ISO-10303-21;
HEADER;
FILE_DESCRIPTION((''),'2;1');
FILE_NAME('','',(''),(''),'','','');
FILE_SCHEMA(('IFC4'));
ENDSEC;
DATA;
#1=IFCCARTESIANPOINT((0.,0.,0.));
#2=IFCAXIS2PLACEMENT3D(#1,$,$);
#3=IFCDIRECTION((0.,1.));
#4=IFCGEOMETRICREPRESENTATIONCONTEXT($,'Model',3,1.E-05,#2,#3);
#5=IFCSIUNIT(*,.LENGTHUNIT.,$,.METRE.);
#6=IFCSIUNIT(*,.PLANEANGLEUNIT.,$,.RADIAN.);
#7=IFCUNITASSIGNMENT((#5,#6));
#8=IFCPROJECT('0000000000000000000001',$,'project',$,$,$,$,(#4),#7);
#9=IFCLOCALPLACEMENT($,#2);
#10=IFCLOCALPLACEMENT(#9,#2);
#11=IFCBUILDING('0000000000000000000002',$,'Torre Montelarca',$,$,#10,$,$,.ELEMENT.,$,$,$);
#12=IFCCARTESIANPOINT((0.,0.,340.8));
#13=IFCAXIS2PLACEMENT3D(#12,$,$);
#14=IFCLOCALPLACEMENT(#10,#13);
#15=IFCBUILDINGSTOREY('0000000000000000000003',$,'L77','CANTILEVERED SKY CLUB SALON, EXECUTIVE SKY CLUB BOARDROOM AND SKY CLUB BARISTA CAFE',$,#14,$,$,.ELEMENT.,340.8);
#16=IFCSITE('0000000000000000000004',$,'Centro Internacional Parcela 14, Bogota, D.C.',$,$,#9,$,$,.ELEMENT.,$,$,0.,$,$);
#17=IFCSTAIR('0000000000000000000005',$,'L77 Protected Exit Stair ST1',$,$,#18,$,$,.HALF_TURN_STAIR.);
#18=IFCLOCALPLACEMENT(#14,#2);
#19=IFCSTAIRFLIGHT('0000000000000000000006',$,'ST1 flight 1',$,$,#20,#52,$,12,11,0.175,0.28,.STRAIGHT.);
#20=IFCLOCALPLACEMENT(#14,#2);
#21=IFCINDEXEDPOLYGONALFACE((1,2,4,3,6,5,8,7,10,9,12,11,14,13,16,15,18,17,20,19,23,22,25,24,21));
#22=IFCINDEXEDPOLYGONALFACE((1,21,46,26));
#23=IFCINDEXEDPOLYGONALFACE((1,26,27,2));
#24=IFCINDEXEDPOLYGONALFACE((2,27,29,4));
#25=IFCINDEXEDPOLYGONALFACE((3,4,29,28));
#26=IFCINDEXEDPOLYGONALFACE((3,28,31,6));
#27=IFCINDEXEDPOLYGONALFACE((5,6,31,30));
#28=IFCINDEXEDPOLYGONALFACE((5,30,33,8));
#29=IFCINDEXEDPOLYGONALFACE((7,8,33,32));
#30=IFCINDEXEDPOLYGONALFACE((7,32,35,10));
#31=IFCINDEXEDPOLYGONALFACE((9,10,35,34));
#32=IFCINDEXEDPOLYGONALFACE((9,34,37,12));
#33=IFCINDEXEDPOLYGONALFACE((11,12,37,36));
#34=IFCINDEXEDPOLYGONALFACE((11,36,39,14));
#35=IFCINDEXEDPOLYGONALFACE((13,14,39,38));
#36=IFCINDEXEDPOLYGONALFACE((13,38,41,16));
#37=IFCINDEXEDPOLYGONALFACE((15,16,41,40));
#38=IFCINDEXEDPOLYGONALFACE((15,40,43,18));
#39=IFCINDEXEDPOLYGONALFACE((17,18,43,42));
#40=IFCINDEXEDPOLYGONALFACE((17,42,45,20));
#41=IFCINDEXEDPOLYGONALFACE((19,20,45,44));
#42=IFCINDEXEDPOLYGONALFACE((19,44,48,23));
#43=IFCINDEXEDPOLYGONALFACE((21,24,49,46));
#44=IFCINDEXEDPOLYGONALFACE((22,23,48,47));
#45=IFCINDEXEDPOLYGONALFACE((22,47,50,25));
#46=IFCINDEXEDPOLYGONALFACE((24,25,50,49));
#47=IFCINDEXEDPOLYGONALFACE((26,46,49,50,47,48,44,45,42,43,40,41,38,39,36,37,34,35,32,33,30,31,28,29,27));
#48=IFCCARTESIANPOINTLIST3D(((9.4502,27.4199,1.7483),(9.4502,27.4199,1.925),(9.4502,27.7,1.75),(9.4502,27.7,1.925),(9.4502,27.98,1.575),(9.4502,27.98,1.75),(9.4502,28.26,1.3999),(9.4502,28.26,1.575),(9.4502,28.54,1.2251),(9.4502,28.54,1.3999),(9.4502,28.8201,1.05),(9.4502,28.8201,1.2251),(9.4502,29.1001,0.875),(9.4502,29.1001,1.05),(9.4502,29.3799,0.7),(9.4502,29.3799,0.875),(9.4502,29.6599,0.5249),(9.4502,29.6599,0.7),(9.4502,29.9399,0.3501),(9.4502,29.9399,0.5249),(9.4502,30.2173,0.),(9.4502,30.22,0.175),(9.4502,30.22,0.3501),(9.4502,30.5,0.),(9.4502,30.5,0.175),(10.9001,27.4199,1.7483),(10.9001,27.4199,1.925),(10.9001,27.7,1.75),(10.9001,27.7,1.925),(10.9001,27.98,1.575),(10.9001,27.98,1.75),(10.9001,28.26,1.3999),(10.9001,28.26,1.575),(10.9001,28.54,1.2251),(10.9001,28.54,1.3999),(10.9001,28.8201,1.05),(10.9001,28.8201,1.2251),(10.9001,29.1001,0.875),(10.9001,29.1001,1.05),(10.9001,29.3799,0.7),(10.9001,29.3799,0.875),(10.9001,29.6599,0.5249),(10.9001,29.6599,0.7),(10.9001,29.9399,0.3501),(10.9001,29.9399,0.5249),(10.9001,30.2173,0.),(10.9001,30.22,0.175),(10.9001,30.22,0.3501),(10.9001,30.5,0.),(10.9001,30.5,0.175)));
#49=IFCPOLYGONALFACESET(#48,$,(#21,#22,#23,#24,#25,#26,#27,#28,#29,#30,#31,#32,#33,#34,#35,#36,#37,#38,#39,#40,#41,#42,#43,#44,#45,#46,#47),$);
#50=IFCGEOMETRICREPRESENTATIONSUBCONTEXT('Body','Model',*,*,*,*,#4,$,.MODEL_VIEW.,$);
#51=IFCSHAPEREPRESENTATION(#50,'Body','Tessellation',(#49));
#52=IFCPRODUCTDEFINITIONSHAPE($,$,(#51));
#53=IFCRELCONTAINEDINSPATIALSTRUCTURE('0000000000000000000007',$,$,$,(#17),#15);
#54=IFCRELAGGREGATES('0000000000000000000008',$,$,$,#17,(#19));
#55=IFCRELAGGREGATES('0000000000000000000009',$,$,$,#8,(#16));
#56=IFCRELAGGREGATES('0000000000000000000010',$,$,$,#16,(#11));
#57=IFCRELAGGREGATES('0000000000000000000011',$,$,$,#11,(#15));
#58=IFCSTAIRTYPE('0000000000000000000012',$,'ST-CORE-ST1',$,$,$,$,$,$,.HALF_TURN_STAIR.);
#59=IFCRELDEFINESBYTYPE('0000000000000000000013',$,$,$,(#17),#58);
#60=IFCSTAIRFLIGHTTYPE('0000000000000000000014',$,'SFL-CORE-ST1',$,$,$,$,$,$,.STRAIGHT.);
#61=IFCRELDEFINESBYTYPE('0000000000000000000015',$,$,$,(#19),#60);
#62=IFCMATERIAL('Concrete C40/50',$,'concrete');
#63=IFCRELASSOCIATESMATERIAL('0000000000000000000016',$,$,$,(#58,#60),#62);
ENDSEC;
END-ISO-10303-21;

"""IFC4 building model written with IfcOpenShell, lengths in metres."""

from ifc_helpers import new_model, si_unit, direction, frame, origin, place, context, subcontext, project, spatial, polyline, outline, extrude, material, type_object, element, aggregate, save


model = new_model("IFC4")

# Units and contexts
model_context = context("Model", 3, precision=1e-05, world=origin(), true_north=direction((0.0, 1.0)))
body_context = subcontext(model_context, "Body", "Model", "MODEL_VIEW")
ifc_project = project(units=[si_unit("LENGTHUNIT", "METRE"), si_unit("PLANEANGLEUNIT", "RADIAN")], contexts=[model_context])

# Site, building, storey
site_placement = place(None, origin())
site = spatial("IfcSite", under=ifc_project, at=site_placement, Name="Centro Internacional Parcela 14, Bogota, D.C.", CompositionType="ELEMENT", RefElevation=0.0)
building_placement = place(site_placement, origin())
building = spatial("IfcBuilding", under=site, at=building_placement, Name="Torre Montelarca", CompositionType="ELEMENT")
storey_placement = place(building_placement, frame((0.0, 0.0, 340.8)))
storey = spatial("IfcBuildingStorey", under=building, at=storey_placement, Name="L77", Description="CANTILEVERED SKY CLUB SALON, EXECUTIVE SKY CLUB BOARDROOM AND SKY CLUB BARISTA CAFE", CompositionType="ELEMENT", Elevation=340.8)

# Shared definitions
ifc_material_1 = material(Name="Concrete C40/50", Category="concrete")

# Stair, stair flight
stair_type = type_object("IfcStairType", Name="ST-CORE-ST1", PredefinedType="HALF_TURN_STAIR", material=ifc_material_1)
stair_placement = place(storey_placement, origin())
stair = element("IfcStair", 1, at=stair_placement, inside=storey, type_object=stair_type, Name="L77 Protected Exit Stair ST1", PredefinedType="HALF_TURN_STAIR")
stair_flight_type = type_object("IfcStairFlightType", Name="SFL-CORE-ST1", PredefinedType="STRAIGHT", material=ifc_material_1)
stair_flight_placement = place(storey_placement, frame((10.175, 30.5, 0.0), z_axis=(0.0, 0.0, 1.0), x_axis=(0.0, -1.0, 0.0)))
stair_flight = element("IfcStairFlight", 2, at=stair_flight_placement, type_object=stair_flight_type, Name="ST1 flight 1", NumberOfRisers=12, NumberOfTreads=11, PredefinedType="STRAIGHT", RiserHeight=0.175, TreadLength=0.28, context=body_context, shape_type="SweptSolid", body=[
    extrude(outline(polyline([(0.0, 0.0), (0.0, 0.175), (0.28, 0.175), (0.28, 0.3501), (0.5601, 0.3501), (0.5601, 0.5249), (0.8401, 0.5249), (0.8401, 0.7), (1.1201, 0.7), (1.1201, 0.875), (1.3999, 0.875), (1.3999, 1.05), (1.6799, 1.05), (1.6799, 1.2251), (1.96, 1.2251), (1.96, 1.3999), (2.24, 1.3999), (2.24, 1.575), (2.52, 1.575), (2.52, 1.75), (2.8, 1.75), (2.8, 1.925), (3.0801, 1.925), (3.0801, 2.1001), (3.0801, 1.7483), (0.2827, 0.0), (0.0, 0.0)])), frame((0.0, 0.7251, 0.0), z_axis=(0.0, -1.0, 0.0), x_axis=(1.0, 0.0, 0.0)), (0.0, 0.0, 1.0), 1.45),
])
aggregate(stair, [stair_flight])

save(model, "model.ifc")
